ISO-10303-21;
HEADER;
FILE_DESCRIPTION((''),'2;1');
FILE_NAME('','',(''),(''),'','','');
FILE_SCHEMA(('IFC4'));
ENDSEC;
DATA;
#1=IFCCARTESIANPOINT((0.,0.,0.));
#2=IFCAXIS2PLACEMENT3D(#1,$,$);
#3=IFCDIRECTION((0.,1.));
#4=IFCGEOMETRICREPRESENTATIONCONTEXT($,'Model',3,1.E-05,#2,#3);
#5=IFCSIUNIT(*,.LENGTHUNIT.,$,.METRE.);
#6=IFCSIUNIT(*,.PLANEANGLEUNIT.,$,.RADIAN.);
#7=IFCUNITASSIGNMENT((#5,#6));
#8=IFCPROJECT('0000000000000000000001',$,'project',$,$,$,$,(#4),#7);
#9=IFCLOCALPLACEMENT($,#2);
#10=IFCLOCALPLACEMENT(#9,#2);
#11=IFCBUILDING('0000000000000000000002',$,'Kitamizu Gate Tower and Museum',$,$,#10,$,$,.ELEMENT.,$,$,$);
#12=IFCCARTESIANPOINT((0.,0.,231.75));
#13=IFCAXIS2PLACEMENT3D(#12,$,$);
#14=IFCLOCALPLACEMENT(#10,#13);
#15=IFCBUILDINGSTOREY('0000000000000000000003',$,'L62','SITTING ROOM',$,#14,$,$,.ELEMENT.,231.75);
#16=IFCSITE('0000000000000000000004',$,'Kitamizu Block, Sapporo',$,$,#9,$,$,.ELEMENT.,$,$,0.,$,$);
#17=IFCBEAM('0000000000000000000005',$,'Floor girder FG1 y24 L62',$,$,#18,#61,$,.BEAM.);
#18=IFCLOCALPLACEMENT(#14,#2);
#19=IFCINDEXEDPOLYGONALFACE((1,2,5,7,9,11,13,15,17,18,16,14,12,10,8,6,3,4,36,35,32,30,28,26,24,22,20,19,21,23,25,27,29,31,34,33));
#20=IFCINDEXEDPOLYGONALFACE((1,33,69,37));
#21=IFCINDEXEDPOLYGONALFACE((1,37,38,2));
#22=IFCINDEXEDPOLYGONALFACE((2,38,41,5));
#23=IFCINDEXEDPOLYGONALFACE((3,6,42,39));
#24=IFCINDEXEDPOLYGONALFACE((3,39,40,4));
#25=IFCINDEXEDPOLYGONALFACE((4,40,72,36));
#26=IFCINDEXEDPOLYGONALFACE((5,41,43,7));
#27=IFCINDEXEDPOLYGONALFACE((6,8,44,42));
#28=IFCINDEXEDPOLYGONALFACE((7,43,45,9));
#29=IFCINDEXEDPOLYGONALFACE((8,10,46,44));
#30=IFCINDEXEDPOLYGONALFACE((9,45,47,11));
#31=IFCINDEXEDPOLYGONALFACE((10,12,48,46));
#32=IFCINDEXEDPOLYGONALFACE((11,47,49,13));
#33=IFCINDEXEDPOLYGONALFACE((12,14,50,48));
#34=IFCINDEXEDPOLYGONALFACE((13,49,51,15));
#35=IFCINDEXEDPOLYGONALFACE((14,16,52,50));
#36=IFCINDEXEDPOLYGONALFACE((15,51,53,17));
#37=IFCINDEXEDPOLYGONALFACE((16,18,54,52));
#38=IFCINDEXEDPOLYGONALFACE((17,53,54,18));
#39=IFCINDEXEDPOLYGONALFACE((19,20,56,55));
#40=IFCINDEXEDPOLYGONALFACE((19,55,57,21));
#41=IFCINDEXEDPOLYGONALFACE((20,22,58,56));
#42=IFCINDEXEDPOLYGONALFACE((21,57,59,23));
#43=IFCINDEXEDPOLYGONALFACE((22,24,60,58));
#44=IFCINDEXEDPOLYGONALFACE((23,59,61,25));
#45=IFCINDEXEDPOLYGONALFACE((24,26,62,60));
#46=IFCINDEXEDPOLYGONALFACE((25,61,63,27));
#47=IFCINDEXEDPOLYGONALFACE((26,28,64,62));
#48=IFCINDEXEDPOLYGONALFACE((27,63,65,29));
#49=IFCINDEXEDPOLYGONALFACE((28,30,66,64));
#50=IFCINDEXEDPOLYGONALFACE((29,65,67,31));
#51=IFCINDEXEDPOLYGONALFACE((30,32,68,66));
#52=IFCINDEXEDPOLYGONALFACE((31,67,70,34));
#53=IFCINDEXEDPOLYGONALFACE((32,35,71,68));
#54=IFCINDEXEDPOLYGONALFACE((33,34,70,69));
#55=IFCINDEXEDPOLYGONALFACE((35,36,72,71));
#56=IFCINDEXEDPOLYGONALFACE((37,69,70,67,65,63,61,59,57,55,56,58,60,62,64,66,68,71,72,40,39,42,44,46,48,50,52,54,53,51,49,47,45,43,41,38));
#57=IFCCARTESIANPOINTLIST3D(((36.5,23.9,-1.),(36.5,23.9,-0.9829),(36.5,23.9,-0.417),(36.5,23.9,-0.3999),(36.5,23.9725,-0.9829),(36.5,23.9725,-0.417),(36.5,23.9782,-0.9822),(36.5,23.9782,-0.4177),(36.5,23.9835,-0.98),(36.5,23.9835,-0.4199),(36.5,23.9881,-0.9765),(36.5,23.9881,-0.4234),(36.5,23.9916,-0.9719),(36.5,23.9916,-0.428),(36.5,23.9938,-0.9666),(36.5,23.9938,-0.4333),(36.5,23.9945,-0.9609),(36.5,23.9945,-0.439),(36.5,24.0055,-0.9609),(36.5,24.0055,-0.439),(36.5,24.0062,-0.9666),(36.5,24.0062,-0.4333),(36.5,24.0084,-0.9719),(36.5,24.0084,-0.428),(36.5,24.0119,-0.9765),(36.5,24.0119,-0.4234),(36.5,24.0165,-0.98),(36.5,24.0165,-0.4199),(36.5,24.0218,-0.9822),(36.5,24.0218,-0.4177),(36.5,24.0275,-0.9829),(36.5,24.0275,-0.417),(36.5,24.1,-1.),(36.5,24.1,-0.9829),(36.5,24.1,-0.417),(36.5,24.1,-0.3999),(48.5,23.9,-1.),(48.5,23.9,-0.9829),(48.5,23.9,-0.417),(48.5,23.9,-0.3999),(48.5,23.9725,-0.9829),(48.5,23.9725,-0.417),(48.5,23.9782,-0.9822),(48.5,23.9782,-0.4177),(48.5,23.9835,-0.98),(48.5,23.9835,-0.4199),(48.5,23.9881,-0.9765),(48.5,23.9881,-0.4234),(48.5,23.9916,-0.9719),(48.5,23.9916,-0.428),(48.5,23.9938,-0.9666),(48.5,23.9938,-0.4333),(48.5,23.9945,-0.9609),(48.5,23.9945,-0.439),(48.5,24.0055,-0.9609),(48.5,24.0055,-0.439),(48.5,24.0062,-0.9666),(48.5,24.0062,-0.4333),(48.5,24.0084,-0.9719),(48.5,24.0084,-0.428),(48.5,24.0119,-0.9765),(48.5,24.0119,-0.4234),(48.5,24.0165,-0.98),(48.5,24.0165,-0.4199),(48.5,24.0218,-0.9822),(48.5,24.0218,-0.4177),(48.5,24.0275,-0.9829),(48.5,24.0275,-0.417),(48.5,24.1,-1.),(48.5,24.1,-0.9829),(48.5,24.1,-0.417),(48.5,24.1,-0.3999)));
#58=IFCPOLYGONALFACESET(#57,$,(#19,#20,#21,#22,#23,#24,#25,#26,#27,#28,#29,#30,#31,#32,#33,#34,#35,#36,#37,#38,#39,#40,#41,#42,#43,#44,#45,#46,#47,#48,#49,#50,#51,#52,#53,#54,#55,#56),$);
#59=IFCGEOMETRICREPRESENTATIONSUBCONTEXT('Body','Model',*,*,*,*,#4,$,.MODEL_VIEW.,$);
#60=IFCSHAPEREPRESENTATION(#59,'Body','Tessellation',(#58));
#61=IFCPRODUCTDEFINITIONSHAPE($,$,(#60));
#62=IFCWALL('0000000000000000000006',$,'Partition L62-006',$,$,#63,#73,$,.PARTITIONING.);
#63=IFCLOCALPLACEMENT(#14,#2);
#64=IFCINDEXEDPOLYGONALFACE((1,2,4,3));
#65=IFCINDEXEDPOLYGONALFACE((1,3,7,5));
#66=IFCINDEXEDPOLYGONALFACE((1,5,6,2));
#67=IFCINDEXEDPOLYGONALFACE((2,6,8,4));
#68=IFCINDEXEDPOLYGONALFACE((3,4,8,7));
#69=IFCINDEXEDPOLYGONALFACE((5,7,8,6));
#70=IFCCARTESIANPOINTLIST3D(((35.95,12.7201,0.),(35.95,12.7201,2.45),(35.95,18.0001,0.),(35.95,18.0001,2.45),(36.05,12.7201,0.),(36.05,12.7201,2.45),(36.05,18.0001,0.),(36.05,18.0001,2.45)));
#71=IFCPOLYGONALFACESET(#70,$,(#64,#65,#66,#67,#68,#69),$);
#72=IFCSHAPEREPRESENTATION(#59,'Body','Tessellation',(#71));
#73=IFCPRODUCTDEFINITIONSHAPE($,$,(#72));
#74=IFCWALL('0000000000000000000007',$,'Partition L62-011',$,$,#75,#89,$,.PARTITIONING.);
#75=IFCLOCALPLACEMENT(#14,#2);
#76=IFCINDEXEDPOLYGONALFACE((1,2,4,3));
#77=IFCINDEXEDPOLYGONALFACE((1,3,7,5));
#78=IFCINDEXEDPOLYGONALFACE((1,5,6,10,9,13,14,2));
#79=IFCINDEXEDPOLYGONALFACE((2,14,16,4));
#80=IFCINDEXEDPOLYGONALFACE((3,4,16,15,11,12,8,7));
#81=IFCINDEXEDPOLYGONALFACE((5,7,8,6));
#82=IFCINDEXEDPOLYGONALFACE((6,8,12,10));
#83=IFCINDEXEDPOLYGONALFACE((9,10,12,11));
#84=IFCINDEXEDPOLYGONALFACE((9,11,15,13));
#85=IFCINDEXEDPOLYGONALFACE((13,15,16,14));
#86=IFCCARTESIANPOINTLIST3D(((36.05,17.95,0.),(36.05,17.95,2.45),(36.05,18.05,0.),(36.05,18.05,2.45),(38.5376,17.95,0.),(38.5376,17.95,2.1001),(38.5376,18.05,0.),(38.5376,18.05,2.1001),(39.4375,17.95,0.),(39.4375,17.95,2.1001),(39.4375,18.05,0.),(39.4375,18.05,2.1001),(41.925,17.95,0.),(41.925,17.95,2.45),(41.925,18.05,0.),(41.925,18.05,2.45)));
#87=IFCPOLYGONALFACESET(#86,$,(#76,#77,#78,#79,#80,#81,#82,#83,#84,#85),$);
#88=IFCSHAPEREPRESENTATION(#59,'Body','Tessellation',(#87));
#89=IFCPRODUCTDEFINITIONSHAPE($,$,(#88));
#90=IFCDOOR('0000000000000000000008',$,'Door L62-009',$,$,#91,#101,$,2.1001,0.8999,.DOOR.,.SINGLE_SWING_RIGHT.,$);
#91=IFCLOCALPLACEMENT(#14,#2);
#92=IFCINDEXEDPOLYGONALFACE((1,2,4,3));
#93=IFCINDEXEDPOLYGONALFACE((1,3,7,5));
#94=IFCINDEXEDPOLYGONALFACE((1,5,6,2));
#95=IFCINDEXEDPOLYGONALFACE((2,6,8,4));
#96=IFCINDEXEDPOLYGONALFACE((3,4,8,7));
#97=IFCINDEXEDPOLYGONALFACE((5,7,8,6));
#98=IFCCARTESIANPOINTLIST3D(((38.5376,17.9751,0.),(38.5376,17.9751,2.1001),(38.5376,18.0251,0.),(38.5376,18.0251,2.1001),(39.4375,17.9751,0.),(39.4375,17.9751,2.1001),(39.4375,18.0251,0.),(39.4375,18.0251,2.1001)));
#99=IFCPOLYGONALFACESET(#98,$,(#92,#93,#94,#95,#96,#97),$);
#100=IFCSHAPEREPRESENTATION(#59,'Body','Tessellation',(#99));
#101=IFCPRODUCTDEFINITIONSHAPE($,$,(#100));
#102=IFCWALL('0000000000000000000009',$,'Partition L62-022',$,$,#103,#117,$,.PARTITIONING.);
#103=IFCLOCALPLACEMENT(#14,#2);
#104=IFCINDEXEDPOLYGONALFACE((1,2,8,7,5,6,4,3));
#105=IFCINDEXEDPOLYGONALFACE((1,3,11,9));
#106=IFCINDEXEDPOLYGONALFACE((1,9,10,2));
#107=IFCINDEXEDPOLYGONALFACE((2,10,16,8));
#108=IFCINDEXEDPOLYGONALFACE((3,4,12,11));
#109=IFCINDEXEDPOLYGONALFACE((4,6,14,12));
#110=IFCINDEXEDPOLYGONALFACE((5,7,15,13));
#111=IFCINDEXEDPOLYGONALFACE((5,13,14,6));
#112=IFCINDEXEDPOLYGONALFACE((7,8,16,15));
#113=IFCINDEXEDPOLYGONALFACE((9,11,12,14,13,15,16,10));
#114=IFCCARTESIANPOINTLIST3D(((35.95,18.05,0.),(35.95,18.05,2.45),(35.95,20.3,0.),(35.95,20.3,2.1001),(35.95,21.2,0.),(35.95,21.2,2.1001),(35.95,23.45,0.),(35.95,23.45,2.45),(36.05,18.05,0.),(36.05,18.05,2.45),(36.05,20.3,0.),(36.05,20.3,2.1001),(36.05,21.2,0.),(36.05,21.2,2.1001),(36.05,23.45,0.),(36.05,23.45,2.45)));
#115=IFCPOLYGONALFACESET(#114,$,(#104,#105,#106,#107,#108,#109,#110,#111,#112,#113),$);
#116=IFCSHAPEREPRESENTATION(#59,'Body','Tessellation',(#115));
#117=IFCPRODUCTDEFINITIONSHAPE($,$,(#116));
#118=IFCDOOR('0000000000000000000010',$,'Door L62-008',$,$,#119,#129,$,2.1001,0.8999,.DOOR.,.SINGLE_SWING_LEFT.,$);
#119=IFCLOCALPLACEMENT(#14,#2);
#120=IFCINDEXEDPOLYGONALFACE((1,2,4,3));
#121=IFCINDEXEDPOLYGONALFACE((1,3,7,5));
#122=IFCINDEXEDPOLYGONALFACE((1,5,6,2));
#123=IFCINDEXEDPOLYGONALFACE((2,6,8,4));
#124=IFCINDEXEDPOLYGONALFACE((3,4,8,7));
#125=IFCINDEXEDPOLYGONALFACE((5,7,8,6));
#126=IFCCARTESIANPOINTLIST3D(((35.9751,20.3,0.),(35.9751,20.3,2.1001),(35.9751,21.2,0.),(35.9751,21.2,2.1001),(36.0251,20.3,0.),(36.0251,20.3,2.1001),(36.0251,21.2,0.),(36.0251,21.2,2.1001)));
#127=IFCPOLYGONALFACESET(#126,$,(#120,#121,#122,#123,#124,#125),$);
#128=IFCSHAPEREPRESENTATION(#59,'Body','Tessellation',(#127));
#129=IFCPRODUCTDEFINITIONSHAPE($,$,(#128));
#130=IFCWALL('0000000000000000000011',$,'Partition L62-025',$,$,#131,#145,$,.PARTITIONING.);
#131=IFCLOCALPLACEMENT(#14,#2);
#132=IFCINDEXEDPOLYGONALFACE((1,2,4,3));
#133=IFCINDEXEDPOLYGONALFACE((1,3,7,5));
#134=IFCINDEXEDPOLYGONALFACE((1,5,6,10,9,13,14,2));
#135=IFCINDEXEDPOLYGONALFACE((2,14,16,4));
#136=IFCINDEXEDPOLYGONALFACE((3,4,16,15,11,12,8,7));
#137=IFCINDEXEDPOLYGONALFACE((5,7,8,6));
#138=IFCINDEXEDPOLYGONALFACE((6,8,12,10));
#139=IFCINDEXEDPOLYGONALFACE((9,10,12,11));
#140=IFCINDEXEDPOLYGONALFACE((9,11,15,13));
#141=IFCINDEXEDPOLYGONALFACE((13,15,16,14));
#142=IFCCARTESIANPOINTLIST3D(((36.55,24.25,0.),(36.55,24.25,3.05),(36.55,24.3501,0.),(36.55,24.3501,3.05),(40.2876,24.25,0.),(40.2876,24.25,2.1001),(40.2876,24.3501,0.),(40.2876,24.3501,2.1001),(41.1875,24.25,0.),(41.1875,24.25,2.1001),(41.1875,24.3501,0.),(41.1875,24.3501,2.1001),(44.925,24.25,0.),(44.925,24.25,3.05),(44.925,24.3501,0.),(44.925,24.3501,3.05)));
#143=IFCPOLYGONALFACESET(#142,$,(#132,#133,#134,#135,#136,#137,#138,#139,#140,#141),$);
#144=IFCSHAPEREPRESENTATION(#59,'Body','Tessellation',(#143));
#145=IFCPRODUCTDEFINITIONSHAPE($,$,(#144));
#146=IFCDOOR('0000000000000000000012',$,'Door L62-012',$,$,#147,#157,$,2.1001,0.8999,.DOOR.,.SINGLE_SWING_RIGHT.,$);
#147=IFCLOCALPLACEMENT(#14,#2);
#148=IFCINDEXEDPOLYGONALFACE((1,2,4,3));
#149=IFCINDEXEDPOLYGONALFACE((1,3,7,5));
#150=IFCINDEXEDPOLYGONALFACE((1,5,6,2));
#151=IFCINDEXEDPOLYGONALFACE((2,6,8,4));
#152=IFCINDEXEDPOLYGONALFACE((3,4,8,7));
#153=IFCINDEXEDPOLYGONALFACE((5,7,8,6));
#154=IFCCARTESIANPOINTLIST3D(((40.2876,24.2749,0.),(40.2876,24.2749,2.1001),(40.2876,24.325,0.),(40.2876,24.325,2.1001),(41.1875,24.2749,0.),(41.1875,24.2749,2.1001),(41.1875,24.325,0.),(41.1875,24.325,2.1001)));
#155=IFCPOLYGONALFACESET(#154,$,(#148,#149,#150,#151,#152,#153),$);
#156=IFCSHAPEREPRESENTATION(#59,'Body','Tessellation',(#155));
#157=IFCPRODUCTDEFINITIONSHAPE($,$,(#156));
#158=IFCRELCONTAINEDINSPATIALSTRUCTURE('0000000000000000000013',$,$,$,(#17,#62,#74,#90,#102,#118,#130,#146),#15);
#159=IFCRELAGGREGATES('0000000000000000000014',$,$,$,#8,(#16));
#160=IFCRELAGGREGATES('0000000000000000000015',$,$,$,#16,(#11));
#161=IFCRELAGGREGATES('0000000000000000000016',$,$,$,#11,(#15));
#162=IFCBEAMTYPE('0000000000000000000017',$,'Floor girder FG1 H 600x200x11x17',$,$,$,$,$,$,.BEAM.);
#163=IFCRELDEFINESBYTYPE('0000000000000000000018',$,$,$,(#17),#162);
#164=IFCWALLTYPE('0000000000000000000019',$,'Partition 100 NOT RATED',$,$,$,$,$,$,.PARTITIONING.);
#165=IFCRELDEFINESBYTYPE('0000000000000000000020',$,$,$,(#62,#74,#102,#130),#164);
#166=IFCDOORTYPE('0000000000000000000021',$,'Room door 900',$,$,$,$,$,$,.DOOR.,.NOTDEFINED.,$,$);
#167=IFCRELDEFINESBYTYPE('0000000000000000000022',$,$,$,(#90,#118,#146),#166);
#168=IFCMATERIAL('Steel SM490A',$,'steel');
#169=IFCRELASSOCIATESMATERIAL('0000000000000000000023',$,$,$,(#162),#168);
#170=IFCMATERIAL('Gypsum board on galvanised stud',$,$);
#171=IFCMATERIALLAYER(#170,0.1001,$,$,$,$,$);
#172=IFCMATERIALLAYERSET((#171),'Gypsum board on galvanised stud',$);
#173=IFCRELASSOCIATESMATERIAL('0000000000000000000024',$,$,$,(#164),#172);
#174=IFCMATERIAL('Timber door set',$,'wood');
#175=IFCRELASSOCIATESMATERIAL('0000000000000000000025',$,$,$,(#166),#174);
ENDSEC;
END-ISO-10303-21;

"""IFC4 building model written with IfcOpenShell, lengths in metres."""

from ifc_helpers import new_model, si_unit, direction, frame, frame_2d, origin, origin_2d, place, context, subcontext, project, spatial, rectangle, i_section, extrude, material, layer, layer_set, material_profile, profile_set, type_object, element, fill, save


model = new_model("IFC4")

# Units and contexts
model_context = context("Model", 3, precision=1e-05, world=origin(), true_north=direction((0.0, 1.0)))
body_context = subcontext(model_context, "Body", "Model", "MODEL_VIEW")
ifc_project = project(units=[si_unit("LENGTHUNIT", "METRE"), si_unit("PLANEANGLEUNIT", "RADIAN")], contexts=[model_context])

# Site, building, storey
site_placement = place(None, origin())
site = spatial("IfcSite", under=ifc_project, at=site_placement, Name="Kitamizu Block, Sapporo", CompositionType="ELEMENT", RefElevation=0.0)
building_placement = place(site_placement, origin())
building = spatial("IfcBuilding", under=site, at=building_placement, Name="Kitamizu Gate Tower and Museum", CompositionType="ELEMENT")
storey_placement = place(building_placement, frame((0.0, 0.0, 231.75)))
storey = spatial("IfcBuildingStorey", under=building, at=storey_placement, Name="L62", Description="SITTING ROOM", CompositionType="ELEMENT", Elevation=231.75)

# Beam
ifc_material_1 = material(Name="Steel SM490A", Category="steel")
ifc_material_profile_1 = material_profile(ifc_material_1, i_section(OverallWidth=0.2, OverallDepth=0.6001, WebThickness=0.011, FlangeThickness=0.0171, FilletRadius=0.022, at=origin_2d()), Name="H-600x200x11x17")
ifc_profile_set_1 = profile_set([ifc_material_profile_1], Name="Steel SM490A")
beam_type_1 = type_object("IfcBeamType", Name="Floor girder FG1 H 600x200x11x17", PredefinedType="BEAM", material=ifc_profile_set_1)
beam_1_placement = place(storey_placement, frame((36.5, 24.0, -0.7), z_axis=(1.0, 0.0, 0.0), x_axis=(0.0, 1.0, 0.0)))
element("IfcBeam", 1, at=beam_1_placement, inside=storey, type_object=beam_type_1, Name="Floor girder FG1 y24 L62", PredefinedType="BEAM", context=body_context, shape_type="SweptSolid", body=[
    extrude(i_section(OverallWidth=0.2, OverallDepth=0.6001, WebThickness=0.011, FlangeThickness=0.0171, FilletRadius=0.022, at=origin_2d()), origin(), (0.0, 0.0, 1.0), 12.0),
])

# Wall
ifc_material_2 = material(Name="Gypsum board on galvanised stud")
ifc_layer_1 = layer(ifc_material_2, 0.1001)
ifc_layer_set_1 = layer_set([ifc_layer_1], Name="Gypsum board on galvanised stud")
wall_type_1 = type_object("IfcWallType", Name="Partition 100 NOT RATED", PredefinedType="PARTITIONING", material=ifc_layer_set_1)
wall_1_placement = place(storey_placement, frame((36.0, 12.72, 0.0), z_axis=(0.0, 0.0, 1.0), x_axis=(0.0, 1.0, 0.0)))
element("IfcWall", 2, at=wall_1_placement, inside=storey, type_object=wall_type_1, Name="Partition L62-006", PredefinedType="PARTITIONING", context=body_context, shape_type="SweptSolid", body=[
    extrude(rectangle(XDim=5.28, YDim=0.1001, at=frame_2d((2.6401, 0.0))), origin(), (0.0, 0.0, 1.0), 2.45),
])

# Walls, openings, doors
wall_2_placement = place(storey_placement, frame((41.925, 18.0, 0.0), z_axis=(0.0, 0.0, 1.0), x_axis=(-1.0, 0.0, 0.0)))
wall_2 = element("IfcWall", 3, at=wall_2_placement, inside=storey, type_object=wall_type_1, Name="Partition L62-011", PredefinedType="PARTITIONING", context=body_context, shape_type="SweptSolid", body=[
    extrude(rectangle(XDim=5.875, YDim=0.1001, at=frame_2d((2.9375, 0.0))), origin(), (0.0, 0.0, 1.0), 2.45),
])
opening_1_placement = place(wall_2_placement, frame((2.4875, 0.0, 0.0)))
opening_1 = element("IfcOpeningElement", 4, at=opening_1_placement, cuts=wall_2, PredefinedType="OPENING", context=body_context, shape_type="SweptSolid", body=[
    extrude(rectangle(XDim=0.8999, YDim=2.1001, at=frame_2d((0.45, 1.05))), frame((0.0, 0.0601, 0.0), z_axis=(0.0, -1.0, 0.0), x_axis=(1.0, 0.0, 0.0)), (0.0, 0.0, 1.0), 0.1201),
])
ifc_material_3 = material(Name="Timber door set", Category="wood")
door_type_1 = type_object("IfcDoorType", Name="Room door 900", OperationType="NOTDEFINED", PredefinedType="DOOR", material=ifc_material_3)
door_1_placement = place(opening_1_placement, origin())
door_1 = element("IfcDoor", 5, at=door_1_placement, inside=storey, type_object=door_type_1, Name="Door L62-009", OperationType="SINGLE_SWING_RIGHT", OverallHeight=2.1001, OverallWidth=0.8999, PredefinedType="DOOR", context=body_context, shape_type="SweptSolid", body=[
    extrude(rectangle(XDim=0.8999, YDim=2.1001, at=frame_2d((0.45, 1.05))), frame((0.0, 0.0249, 0.0), z_axis=(0.0, -1.0, 0.0), x_axis=(1.0, 0.0, 0.0)), (0.0, 0.0, 1.0), 0.05),
])
fill(opening_1, door_1)
wall_3_placement = place(storey_placement, frame((36.0, 18.05, 0.0), z_axis=(0.0, 0.0, 1.0), x_axis=(0.0, 1.0, 0.0)))
wall_3 = element("IfcWall", 6, at=wall_3_placement, inside=storey, type_object=wall_type_1, Name="Partition L62-022", PredefinedType="PARTITIONING", context=body_context, shape_type="SweptSolid", body=[
    extrude(rectangle(XDim=5.3999, YDim=0.1001, at=frame_2d((2.7, 0.0))), origin(), (0.0, 0.0, 1.0), 2.45),
])
opening_2_placement = place(wall_3_placement, frame((2.25, 0.0, 0.0)))
opening_2 = element("IfcOpeningElement", 7, at=opening_2_placement, cuts=wall_3, PredefinedType="OPENING", context=body_context, shape_type="SweptSolid", body=[
    extrude(rectangle(XDim=0.8999, YDim=2.1001, at=frame_2d((0.45, 1.05))), frame((0.0, 0.0601, 0.0), z_axis=(0.0, -1.0, 0.0), x_axis=(1.0, 0.0, 0.0)), (0.0, 0.0, 1.0), 0.1201),
])
door_2_placement = place(opening_2_placement, origin())
door_2 = element("IfcDoor", 8, at=door_2_placement, inside=storey, type_object=door_type_1, Name="Door L62-008", OperationType="SINGLE_SWING_LEFT", OverallHeight=2.1001, OverallWidth=0.8999, PredefinedType="DOOR", context=body_context, shape_type="SweptSolid", body=[
    extrude(rectangle(XDim=0.8999, YDim=2.1001, at=frame_2d((0.45, 1.05))), frame((0.0, 0.0249, 0.0), z_axis=(0.0, -1.0, 0.0), x_axis=(1.0, 0.0, 0.0)), (0.0, 0.0, 1.0), 0.05),
])
fill(opening_2, door_2)
wall_4_placement = place(storey_placement, frame((44.925, 24.3, 0.0), z_axis=(0.0, 0.0, 1.0), x_axis=(-1.0, 0.0, 0.0)))
wall_4 = element("IfcWall", 9, at=wall_4_placement, inside=storey, type_object=wall_type_1, Name="Partition L62-025", PredefinedType="PARTITIONING", context=body_context, shape_type="SweptSolid", body=[
    extrude(rectangle(XDim=8.375, YDim=0.1001, at=frame_2d((4.1875, 0.0))), origin(), (0.0, 0.0, 1.0), 3.05),
])
opening_3_placement = place(wall_4_placement, frame((3.7375, 0.0, 0.0)))
opening_3 = element("IfcOpeningElement", 10, at=opening_3_placement, cuts=wall_4, PredefinedType="OPENING", context=body_context, shape_type="SweptSolid", body=[
    extrude(rectangle(XDim=0.8999, YDim=2.1001, at=frame_2d((0.45, 1.05))), frame((0.0, 0.0601, 0.0), z_axis=(0.0, -1.0, 0.0), x_axis=(1.0, 0.0, 0.0)), (0.0, 0.0, 1.0), 0.1201),
])
door_3_placement = place(opening_3_placement, frame((0.8999, 0.0, 0.0), x_axis=(-1.0, 0.0, 0.0)))
door_3 = element("IfcDoor", 11, at=door_3_placement, inside=storey, type_object=door_type_1, Name="Door L62-012", OperationType="SINGLE_SWING_RIGHT", OverallHeight=2.1001, OverallWidth=0.8999, PredefinedType="DOOR", context=body_context, shape_type="SweptSolid", body=[
    extrude(rectangle(XDim=0.8999, YDim=2.1001, at=frame_2d((0.45, 1.05))), frame((0.0, 0.0249, 0.0), z_axis=(0.0, -1.0, 0.0), x_axis=(1.0, 0.0, 0.0)), (0.0, 0.0, 1.0), 0.05),
])
fill(opening_3, door_3)

save(model, "model.ifc")
